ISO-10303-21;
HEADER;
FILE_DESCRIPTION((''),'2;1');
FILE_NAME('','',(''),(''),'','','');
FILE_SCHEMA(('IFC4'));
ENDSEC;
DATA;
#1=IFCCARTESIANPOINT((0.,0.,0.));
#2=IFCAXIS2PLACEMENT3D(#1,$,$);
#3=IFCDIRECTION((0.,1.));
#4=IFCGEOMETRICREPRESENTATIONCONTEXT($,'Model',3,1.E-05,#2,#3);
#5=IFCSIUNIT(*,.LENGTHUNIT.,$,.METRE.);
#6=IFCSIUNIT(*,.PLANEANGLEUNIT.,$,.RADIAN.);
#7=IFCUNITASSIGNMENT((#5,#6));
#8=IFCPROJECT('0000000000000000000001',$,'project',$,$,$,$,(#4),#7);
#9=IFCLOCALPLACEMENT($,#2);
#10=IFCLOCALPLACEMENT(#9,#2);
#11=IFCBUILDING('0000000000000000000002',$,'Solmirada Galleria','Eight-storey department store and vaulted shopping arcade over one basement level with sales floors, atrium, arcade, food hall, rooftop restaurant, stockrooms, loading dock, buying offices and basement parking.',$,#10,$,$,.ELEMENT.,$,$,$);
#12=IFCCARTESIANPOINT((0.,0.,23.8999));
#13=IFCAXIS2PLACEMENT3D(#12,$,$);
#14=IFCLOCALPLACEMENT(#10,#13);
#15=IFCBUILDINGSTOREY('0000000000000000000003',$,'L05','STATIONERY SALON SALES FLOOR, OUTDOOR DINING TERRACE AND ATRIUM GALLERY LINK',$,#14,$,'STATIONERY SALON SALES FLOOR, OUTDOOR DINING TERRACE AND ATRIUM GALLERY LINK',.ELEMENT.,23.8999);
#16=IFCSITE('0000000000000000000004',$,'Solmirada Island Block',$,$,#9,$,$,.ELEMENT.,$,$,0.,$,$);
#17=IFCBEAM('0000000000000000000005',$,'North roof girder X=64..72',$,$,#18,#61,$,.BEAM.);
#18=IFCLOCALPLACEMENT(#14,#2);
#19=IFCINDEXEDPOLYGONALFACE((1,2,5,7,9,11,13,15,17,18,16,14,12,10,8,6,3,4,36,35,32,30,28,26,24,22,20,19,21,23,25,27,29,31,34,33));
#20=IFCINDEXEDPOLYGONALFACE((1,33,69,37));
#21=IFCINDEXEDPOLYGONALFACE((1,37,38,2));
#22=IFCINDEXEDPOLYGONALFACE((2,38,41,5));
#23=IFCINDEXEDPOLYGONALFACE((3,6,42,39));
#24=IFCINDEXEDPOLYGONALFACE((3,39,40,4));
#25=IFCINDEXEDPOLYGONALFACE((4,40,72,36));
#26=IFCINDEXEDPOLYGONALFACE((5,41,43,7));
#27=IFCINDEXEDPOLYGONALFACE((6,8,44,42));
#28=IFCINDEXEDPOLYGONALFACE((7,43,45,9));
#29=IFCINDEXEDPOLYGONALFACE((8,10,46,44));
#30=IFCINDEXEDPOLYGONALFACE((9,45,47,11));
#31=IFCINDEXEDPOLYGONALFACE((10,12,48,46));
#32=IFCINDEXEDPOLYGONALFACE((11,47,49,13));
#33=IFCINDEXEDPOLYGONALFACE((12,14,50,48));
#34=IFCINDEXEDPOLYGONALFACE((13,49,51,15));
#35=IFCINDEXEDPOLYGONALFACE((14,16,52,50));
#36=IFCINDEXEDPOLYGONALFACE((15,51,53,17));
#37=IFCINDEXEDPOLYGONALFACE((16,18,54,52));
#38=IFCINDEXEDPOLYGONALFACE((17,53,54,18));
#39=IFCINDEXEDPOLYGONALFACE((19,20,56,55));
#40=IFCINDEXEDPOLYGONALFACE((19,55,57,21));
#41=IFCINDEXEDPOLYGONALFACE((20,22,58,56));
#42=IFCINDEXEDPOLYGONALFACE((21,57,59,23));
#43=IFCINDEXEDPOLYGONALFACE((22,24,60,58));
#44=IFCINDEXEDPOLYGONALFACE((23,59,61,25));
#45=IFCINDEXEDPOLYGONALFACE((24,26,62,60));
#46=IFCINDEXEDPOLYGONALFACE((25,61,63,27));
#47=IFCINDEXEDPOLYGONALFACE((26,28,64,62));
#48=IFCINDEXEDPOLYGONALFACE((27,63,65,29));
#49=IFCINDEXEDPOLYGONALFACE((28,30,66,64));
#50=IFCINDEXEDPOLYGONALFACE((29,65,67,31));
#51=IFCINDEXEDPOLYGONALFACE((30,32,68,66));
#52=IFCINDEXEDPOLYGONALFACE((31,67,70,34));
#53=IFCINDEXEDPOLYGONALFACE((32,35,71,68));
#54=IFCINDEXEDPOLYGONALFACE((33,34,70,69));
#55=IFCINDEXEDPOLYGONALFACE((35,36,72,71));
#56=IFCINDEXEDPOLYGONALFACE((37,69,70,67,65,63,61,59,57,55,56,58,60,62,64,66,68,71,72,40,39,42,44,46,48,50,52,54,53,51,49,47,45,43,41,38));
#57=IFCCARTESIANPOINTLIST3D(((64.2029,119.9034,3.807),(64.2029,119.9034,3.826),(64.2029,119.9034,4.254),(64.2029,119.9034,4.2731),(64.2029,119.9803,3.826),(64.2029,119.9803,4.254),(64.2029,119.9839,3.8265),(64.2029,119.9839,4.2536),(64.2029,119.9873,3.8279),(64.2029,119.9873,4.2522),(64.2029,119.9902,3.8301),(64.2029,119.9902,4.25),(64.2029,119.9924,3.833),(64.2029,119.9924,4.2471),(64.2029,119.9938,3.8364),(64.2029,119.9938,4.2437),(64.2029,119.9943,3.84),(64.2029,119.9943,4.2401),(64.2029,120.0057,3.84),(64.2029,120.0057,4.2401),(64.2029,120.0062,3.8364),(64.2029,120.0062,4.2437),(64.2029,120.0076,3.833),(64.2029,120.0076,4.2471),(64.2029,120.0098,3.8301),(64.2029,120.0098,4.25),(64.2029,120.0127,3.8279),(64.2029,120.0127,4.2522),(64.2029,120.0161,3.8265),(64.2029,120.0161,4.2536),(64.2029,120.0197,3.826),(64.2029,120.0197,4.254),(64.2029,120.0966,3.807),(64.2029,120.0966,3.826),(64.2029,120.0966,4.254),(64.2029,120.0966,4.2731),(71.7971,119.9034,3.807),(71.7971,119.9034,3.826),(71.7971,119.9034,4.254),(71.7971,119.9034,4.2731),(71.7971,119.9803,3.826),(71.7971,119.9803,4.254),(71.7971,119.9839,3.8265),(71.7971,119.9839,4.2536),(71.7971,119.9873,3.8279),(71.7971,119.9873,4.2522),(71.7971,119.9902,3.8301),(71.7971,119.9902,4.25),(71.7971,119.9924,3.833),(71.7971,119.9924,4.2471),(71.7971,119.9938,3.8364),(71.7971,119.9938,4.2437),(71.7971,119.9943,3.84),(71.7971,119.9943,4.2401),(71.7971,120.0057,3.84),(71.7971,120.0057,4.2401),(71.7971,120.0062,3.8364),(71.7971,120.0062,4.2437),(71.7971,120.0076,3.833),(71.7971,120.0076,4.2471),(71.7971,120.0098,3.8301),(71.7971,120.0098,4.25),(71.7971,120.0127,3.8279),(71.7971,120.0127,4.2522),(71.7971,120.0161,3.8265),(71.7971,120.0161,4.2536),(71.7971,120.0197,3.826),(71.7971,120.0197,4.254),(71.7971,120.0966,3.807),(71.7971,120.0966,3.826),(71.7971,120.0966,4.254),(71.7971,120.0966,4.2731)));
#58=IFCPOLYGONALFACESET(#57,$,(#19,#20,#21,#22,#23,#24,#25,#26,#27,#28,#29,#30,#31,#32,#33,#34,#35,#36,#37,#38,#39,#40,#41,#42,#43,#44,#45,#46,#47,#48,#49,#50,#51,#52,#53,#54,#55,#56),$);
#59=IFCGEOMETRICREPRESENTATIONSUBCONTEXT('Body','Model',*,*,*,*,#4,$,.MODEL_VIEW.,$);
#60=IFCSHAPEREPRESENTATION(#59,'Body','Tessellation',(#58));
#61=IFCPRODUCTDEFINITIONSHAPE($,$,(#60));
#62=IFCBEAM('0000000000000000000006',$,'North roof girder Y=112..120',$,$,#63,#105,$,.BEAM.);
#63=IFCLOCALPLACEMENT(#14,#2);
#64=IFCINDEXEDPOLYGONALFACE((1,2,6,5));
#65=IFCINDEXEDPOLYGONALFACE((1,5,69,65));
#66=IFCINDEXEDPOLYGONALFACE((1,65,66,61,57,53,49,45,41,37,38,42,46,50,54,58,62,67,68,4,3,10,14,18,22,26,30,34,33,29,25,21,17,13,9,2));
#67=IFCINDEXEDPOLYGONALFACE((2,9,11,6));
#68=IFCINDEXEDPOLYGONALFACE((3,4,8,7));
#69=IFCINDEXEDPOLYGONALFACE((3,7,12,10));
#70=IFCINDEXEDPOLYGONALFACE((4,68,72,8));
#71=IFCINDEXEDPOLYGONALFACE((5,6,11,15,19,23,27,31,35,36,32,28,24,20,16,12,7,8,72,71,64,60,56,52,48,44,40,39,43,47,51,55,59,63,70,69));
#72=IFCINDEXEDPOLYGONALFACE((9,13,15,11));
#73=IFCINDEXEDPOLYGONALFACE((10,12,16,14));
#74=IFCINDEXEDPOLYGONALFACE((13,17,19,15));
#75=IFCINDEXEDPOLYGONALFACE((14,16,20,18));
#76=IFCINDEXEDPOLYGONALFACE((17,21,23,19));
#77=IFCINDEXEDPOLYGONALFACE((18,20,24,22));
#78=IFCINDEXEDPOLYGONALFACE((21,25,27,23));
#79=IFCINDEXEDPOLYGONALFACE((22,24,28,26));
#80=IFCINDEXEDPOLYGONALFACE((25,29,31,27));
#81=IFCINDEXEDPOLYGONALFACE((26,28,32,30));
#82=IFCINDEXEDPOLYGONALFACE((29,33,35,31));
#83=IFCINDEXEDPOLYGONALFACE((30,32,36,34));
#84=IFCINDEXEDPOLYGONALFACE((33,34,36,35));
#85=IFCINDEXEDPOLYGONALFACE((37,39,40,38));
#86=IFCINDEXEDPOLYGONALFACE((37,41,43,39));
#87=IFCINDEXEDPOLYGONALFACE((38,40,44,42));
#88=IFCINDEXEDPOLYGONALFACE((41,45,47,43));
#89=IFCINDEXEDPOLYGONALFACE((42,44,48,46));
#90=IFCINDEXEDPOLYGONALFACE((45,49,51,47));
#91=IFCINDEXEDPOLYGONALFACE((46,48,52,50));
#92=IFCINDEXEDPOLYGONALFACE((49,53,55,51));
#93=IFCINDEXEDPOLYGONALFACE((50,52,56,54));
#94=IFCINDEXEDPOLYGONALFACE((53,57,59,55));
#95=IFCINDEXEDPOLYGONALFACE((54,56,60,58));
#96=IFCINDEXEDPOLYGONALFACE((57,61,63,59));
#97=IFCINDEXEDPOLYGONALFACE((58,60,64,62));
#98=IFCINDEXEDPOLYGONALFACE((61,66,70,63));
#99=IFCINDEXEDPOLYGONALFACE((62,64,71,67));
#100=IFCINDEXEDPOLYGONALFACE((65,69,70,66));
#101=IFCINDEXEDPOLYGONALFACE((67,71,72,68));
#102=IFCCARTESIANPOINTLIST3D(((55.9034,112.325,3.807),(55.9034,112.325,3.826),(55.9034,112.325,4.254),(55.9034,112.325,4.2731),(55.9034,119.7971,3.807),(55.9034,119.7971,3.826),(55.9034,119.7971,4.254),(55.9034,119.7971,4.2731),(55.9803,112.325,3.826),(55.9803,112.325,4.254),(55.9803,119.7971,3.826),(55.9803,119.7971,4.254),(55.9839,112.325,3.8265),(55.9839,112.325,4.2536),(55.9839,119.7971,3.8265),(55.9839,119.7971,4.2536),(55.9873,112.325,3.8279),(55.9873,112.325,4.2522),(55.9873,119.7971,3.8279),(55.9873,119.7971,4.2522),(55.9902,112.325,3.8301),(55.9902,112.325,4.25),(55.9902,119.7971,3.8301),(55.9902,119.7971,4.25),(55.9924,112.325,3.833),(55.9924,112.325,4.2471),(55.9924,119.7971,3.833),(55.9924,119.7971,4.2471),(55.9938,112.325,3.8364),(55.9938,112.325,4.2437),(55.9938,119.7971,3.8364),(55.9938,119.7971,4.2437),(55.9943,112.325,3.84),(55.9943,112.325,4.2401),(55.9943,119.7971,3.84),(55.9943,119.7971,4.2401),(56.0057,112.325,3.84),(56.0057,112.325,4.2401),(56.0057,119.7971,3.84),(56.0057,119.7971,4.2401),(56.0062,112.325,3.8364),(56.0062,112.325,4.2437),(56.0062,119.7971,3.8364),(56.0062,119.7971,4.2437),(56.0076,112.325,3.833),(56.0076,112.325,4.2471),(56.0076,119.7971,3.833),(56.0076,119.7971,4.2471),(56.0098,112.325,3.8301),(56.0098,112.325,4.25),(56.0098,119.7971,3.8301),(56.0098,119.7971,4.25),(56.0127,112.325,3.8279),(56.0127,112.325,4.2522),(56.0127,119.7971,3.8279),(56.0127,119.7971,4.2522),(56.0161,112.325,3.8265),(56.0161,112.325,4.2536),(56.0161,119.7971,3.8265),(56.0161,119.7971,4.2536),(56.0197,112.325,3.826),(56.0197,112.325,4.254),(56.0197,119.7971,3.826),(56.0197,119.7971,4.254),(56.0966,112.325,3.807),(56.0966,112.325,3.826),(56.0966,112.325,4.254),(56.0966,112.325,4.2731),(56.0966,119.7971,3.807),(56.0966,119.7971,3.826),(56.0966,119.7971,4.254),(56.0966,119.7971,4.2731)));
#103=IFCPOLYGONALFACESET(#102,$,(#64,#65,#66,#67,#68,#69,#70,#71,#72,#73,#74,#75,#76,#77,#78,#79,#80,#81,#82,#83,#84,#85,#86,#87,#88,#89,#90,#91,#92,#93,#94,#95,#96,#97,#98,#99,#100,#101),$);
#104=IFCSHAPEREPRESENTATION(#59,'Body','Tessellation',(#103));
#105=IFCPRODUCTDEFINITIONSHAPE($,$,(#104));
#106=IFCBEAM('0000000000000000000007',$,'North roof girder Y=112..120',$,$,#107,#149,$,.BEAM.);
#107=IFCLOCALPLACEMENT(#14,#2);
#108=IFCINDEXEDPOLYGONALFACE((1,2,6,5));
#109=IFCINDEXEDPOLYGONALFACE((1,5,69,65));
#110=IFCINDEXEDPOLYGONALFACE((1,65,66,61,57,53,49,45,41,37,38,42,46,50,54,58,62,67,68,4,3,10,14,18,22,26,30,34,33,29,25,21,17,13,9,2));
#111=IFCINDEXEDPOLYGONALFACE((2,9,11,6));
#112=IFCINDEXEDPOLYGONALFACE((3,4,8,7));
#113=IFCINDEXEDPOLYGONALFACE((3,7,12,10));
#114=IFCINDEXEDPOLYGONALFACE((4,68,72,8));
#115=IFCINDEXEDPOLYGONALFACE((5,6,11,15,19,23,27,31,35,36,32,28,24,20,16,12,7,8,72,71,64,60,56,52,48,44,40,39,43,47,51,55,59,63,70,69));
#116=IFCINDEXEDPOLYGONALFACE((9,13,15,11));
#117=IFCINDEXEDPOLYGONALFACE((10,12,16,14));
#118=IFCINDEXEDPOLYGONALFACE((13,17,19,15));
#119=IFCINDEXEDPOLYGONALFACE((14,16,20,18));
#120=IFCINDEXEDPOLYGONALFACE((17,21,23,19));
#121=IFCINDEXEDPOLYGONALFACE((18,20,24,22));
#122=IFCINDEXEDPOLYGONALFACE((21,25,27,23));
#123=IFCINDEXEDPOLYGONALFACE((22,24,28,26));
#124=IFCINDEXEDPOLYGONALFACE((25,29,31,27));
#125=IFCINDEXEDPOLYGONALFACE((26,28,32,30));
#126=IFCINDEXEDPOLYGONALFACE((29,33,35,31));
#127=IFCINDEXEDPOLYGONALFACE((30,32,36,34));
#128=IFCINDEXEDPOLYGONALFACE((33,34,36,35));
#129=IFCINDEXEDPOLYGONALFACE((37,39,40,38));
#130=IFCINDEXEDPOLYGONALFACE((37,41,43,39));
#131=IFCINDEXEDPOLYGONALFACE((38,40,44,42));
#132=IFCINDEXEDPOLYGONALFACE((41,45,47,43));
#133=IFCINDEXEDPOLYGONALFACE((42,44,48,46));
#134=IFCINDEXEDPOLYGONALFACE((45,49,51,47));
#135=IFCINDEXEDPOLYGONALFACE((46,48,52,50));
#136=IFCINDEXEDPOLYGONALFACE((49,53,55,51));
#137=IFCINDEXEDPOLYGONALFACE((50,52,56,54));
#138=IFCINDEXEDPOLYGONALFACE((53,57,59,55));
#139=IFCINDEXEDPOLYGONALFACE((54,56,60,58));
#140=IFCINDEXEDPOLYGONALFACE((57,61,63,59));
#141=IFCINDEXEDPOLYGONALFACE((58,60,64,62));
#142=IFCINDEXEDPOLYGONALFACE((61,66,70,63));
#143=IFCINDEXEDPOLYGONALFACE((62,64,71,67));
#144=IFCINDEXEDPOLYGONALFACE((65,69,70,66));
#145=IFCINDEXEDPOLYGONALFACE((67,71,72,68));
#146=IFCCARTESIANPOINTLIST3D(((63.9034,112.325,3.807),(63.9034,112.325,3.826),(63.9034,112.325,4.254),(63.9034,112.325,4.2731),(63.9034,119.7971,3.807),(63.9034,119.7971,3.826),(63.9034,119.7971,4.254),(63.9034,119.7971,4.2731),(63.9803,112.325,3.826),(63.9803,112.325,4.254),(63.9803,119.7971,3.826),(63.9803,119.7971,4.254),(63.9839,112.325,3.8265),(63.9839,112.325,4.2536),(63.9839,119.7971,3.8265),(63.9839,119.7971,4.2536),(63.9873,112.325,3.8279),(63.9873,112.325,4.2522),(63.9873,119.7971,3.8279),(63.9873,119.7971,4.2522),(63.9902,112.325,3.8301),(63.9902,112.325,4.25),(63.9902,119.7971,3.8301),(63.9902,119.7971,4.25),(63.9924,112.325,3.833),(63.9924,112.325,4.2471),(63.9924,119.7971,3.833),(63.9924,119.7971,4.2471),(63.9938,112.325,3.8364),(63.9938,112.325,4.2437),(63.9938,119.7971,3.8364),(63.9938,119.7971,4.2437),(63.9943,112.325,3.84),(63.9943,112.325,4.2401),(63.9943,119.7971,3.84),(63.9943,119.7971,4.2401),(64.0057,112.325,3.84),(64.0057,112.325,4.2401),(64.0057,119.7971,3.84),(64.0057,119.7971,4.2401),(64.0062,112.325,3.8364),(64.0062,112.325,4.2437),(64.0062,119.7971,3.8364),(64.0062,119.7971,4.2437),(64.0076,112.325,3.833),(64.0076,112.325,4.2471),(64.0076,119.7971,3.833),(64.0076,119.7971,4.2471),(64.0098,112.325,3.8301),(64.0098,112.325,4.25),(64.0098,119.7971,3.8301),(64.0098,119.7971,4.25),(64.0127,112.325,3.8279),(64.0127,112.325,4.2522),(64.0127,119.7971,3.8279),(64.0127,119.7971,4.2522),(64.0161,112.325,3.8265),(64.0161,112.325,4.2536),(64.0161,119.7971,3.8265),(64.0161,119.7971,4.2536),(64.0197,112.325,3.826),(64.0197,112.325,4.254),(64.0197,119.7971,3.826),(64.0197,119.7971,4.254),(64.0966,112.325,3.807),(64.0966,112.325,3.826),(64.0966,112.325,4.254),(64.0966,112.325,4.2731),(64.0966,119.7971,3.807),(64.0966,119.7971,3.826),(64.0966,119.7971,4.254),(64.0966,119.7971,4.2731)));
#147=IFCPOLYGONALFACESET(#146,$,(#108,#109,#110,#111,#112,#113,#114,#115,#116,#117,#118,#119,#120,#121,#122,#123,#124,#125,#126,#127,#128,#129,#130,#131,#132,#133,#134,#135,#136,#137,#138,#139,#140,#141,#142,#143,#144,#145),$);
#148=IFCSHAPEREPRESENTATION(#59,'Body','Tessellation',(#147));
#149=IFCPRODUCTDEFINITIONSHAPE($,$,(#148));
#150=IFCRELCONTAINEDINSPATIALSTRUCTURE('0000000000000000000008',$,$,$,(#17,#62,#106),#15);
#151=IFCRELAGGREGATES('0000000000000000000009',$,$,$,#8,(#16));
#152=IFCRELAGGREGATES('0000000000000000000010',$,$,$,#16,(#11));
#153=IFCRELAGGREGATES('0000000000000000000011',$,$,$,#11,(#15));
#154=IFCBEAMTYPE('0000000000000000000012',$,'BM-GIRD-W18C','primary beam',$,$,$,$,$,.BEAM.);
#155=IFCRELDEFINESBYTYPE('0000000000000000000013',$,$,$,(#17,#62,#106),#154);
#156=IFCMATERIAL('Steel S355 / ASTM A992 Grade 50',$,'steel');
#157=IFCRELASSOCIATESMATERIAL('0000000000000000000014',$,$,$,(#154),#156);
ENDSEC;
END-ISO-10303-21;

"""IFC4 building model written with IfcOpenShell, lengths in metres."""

from ifc_helpers import new_model, si_unit, direction, frame, origin, origin_2d, place, context, subcontext, project, spatial, i_section, extrude, material, material_profile, profile_set, type_object, element, save


model = new_model("IFC4")

# Units and contexts
model_context = context("Model", 3, precision=1e-05, world=origin(), true_north=direction((0.0, 1.0)))
body_context = subcontext(model_context, "Body", "Model", "MODEL_VIEW")
ifc_project = project(units=[si_unit("LENGTHUNIT", "METRE"), si_unit("PLANEANGLEUNIT", "RADIAN")], contexts=[model_context])

# Site, building, storey
site_placement = place(None, origin())
site = spatial("IfcSite", under=ifc_project, at=site_placement, Name="Solmirada Island Block", CompositionType="ELEMENT", RefElevation=0.0)
building_placement = place(site_placement, origin())
building = spatial("IfcBuilding", under=site, at=building_placement, Name="Solmirada Galleria", Description="Eight-storey department store and vaulted shopping arcade over one basement level with sales floors, atrium, arcade, food hall, rooftop restaurant, stockrooms, loading dock, buying offices and basement parking.", CompositionType="ELEMENT")
storey_placement = place(building_placement, frame((0.0, 0.0, 23.8999)))
storey = spatial("IfcBuildingStorey", under=building, at=storey_placement, Name="L05", Description="STATIONERY SALON SALES FLOOR, OUTDOOR DINING TERRACE AND ATRIUM GALLERY LINK", LongName="STATIONERY SALON SALES FLOOR, OUTDOOR DINING TERRACE AND ATRIUM GALLERY LINK", CompositionType="ELEMENT", Elevation=23.8999)

# Beams
ifc_material_1 = material(Name="Steel S355 / ASTM A992 Grade 50", Category="steel")
ifc_material_profile_1 = material_profile(ifc_material_1, i_section(OverallWidth=0.1931, OverallDepth=0.4661, WebThickness=0.0115, FlangeThickness=0.019, FilletRadius=0.0139, at=origin_2d()), Name="W18X65")
ifc_profile_set_1 = profile_set([ifc_material_profile_1], Name="Steel S355 / ASTM A992 Grade 50")
beam_type = type_object("IfcBeamType", Name="BM-GIRD-W18C", Description="primary beam", PredefinedType="BEAM", material=ifc_profile_set_1)
for number, where, z_axis, x_axis, name in (
    (1, (64.2029, 120.0, 4.04), (1.0, 0.0, 0.0), (0.0, 1.0, 0.0), "North roof girder X=64..72"),
):
    element("IfcBeam", number, at=place(storey_placement, frame(where, z_axis=z_axis, x_axis=x_axis)), inside=storey, type_object=beam_type, Name=name, PredefinedType="BEAM", context=body_context, shape_type="SweptSolid", body=[
        extrude(i_section(OverallWidth=0.1931, OverallDepth=0.4661, WebThickness=0.0115, FlangeThickness=0.019, FilletRadius=0.0139, at=origin_2d()), origin(), (0.0, 0.0, 1.0), 7.5942),
    ])
for number, where, z_axis, x_axis, name in (
    (2, (56.0, 112.325, 4.04), (0.0, 1.0, 0.0), (-1.0, 0.0, 0.0), "North roof girder Y=112..120"),
    (3, (64.0, 112.325, 4.04), (0.0, 1.0, 0.0), (-1.0, 0.0, 0.0), "North roof girder Y=112..120"),
):
    element("IfcBeam", number, at=place(storey_placement, frame(where, z_axis=z_axis, x_axis=x_axis)), inside=storey, type_object=beam_type, Name=name, PredefinedType="BEAM", context=body_context, shape_type="SweptSolid", body=[
        extrude(i_section(OverallWidth=0.1931, OverallDepth=0.4661, WebThickness=0.0115, FlangeThickness=0.019, FilletRadius=0.0139, at=origin_2d()), origin(), (0.0, 0.0, 1.0), 7.4722),
    ])

save(model, "model.ifc")
